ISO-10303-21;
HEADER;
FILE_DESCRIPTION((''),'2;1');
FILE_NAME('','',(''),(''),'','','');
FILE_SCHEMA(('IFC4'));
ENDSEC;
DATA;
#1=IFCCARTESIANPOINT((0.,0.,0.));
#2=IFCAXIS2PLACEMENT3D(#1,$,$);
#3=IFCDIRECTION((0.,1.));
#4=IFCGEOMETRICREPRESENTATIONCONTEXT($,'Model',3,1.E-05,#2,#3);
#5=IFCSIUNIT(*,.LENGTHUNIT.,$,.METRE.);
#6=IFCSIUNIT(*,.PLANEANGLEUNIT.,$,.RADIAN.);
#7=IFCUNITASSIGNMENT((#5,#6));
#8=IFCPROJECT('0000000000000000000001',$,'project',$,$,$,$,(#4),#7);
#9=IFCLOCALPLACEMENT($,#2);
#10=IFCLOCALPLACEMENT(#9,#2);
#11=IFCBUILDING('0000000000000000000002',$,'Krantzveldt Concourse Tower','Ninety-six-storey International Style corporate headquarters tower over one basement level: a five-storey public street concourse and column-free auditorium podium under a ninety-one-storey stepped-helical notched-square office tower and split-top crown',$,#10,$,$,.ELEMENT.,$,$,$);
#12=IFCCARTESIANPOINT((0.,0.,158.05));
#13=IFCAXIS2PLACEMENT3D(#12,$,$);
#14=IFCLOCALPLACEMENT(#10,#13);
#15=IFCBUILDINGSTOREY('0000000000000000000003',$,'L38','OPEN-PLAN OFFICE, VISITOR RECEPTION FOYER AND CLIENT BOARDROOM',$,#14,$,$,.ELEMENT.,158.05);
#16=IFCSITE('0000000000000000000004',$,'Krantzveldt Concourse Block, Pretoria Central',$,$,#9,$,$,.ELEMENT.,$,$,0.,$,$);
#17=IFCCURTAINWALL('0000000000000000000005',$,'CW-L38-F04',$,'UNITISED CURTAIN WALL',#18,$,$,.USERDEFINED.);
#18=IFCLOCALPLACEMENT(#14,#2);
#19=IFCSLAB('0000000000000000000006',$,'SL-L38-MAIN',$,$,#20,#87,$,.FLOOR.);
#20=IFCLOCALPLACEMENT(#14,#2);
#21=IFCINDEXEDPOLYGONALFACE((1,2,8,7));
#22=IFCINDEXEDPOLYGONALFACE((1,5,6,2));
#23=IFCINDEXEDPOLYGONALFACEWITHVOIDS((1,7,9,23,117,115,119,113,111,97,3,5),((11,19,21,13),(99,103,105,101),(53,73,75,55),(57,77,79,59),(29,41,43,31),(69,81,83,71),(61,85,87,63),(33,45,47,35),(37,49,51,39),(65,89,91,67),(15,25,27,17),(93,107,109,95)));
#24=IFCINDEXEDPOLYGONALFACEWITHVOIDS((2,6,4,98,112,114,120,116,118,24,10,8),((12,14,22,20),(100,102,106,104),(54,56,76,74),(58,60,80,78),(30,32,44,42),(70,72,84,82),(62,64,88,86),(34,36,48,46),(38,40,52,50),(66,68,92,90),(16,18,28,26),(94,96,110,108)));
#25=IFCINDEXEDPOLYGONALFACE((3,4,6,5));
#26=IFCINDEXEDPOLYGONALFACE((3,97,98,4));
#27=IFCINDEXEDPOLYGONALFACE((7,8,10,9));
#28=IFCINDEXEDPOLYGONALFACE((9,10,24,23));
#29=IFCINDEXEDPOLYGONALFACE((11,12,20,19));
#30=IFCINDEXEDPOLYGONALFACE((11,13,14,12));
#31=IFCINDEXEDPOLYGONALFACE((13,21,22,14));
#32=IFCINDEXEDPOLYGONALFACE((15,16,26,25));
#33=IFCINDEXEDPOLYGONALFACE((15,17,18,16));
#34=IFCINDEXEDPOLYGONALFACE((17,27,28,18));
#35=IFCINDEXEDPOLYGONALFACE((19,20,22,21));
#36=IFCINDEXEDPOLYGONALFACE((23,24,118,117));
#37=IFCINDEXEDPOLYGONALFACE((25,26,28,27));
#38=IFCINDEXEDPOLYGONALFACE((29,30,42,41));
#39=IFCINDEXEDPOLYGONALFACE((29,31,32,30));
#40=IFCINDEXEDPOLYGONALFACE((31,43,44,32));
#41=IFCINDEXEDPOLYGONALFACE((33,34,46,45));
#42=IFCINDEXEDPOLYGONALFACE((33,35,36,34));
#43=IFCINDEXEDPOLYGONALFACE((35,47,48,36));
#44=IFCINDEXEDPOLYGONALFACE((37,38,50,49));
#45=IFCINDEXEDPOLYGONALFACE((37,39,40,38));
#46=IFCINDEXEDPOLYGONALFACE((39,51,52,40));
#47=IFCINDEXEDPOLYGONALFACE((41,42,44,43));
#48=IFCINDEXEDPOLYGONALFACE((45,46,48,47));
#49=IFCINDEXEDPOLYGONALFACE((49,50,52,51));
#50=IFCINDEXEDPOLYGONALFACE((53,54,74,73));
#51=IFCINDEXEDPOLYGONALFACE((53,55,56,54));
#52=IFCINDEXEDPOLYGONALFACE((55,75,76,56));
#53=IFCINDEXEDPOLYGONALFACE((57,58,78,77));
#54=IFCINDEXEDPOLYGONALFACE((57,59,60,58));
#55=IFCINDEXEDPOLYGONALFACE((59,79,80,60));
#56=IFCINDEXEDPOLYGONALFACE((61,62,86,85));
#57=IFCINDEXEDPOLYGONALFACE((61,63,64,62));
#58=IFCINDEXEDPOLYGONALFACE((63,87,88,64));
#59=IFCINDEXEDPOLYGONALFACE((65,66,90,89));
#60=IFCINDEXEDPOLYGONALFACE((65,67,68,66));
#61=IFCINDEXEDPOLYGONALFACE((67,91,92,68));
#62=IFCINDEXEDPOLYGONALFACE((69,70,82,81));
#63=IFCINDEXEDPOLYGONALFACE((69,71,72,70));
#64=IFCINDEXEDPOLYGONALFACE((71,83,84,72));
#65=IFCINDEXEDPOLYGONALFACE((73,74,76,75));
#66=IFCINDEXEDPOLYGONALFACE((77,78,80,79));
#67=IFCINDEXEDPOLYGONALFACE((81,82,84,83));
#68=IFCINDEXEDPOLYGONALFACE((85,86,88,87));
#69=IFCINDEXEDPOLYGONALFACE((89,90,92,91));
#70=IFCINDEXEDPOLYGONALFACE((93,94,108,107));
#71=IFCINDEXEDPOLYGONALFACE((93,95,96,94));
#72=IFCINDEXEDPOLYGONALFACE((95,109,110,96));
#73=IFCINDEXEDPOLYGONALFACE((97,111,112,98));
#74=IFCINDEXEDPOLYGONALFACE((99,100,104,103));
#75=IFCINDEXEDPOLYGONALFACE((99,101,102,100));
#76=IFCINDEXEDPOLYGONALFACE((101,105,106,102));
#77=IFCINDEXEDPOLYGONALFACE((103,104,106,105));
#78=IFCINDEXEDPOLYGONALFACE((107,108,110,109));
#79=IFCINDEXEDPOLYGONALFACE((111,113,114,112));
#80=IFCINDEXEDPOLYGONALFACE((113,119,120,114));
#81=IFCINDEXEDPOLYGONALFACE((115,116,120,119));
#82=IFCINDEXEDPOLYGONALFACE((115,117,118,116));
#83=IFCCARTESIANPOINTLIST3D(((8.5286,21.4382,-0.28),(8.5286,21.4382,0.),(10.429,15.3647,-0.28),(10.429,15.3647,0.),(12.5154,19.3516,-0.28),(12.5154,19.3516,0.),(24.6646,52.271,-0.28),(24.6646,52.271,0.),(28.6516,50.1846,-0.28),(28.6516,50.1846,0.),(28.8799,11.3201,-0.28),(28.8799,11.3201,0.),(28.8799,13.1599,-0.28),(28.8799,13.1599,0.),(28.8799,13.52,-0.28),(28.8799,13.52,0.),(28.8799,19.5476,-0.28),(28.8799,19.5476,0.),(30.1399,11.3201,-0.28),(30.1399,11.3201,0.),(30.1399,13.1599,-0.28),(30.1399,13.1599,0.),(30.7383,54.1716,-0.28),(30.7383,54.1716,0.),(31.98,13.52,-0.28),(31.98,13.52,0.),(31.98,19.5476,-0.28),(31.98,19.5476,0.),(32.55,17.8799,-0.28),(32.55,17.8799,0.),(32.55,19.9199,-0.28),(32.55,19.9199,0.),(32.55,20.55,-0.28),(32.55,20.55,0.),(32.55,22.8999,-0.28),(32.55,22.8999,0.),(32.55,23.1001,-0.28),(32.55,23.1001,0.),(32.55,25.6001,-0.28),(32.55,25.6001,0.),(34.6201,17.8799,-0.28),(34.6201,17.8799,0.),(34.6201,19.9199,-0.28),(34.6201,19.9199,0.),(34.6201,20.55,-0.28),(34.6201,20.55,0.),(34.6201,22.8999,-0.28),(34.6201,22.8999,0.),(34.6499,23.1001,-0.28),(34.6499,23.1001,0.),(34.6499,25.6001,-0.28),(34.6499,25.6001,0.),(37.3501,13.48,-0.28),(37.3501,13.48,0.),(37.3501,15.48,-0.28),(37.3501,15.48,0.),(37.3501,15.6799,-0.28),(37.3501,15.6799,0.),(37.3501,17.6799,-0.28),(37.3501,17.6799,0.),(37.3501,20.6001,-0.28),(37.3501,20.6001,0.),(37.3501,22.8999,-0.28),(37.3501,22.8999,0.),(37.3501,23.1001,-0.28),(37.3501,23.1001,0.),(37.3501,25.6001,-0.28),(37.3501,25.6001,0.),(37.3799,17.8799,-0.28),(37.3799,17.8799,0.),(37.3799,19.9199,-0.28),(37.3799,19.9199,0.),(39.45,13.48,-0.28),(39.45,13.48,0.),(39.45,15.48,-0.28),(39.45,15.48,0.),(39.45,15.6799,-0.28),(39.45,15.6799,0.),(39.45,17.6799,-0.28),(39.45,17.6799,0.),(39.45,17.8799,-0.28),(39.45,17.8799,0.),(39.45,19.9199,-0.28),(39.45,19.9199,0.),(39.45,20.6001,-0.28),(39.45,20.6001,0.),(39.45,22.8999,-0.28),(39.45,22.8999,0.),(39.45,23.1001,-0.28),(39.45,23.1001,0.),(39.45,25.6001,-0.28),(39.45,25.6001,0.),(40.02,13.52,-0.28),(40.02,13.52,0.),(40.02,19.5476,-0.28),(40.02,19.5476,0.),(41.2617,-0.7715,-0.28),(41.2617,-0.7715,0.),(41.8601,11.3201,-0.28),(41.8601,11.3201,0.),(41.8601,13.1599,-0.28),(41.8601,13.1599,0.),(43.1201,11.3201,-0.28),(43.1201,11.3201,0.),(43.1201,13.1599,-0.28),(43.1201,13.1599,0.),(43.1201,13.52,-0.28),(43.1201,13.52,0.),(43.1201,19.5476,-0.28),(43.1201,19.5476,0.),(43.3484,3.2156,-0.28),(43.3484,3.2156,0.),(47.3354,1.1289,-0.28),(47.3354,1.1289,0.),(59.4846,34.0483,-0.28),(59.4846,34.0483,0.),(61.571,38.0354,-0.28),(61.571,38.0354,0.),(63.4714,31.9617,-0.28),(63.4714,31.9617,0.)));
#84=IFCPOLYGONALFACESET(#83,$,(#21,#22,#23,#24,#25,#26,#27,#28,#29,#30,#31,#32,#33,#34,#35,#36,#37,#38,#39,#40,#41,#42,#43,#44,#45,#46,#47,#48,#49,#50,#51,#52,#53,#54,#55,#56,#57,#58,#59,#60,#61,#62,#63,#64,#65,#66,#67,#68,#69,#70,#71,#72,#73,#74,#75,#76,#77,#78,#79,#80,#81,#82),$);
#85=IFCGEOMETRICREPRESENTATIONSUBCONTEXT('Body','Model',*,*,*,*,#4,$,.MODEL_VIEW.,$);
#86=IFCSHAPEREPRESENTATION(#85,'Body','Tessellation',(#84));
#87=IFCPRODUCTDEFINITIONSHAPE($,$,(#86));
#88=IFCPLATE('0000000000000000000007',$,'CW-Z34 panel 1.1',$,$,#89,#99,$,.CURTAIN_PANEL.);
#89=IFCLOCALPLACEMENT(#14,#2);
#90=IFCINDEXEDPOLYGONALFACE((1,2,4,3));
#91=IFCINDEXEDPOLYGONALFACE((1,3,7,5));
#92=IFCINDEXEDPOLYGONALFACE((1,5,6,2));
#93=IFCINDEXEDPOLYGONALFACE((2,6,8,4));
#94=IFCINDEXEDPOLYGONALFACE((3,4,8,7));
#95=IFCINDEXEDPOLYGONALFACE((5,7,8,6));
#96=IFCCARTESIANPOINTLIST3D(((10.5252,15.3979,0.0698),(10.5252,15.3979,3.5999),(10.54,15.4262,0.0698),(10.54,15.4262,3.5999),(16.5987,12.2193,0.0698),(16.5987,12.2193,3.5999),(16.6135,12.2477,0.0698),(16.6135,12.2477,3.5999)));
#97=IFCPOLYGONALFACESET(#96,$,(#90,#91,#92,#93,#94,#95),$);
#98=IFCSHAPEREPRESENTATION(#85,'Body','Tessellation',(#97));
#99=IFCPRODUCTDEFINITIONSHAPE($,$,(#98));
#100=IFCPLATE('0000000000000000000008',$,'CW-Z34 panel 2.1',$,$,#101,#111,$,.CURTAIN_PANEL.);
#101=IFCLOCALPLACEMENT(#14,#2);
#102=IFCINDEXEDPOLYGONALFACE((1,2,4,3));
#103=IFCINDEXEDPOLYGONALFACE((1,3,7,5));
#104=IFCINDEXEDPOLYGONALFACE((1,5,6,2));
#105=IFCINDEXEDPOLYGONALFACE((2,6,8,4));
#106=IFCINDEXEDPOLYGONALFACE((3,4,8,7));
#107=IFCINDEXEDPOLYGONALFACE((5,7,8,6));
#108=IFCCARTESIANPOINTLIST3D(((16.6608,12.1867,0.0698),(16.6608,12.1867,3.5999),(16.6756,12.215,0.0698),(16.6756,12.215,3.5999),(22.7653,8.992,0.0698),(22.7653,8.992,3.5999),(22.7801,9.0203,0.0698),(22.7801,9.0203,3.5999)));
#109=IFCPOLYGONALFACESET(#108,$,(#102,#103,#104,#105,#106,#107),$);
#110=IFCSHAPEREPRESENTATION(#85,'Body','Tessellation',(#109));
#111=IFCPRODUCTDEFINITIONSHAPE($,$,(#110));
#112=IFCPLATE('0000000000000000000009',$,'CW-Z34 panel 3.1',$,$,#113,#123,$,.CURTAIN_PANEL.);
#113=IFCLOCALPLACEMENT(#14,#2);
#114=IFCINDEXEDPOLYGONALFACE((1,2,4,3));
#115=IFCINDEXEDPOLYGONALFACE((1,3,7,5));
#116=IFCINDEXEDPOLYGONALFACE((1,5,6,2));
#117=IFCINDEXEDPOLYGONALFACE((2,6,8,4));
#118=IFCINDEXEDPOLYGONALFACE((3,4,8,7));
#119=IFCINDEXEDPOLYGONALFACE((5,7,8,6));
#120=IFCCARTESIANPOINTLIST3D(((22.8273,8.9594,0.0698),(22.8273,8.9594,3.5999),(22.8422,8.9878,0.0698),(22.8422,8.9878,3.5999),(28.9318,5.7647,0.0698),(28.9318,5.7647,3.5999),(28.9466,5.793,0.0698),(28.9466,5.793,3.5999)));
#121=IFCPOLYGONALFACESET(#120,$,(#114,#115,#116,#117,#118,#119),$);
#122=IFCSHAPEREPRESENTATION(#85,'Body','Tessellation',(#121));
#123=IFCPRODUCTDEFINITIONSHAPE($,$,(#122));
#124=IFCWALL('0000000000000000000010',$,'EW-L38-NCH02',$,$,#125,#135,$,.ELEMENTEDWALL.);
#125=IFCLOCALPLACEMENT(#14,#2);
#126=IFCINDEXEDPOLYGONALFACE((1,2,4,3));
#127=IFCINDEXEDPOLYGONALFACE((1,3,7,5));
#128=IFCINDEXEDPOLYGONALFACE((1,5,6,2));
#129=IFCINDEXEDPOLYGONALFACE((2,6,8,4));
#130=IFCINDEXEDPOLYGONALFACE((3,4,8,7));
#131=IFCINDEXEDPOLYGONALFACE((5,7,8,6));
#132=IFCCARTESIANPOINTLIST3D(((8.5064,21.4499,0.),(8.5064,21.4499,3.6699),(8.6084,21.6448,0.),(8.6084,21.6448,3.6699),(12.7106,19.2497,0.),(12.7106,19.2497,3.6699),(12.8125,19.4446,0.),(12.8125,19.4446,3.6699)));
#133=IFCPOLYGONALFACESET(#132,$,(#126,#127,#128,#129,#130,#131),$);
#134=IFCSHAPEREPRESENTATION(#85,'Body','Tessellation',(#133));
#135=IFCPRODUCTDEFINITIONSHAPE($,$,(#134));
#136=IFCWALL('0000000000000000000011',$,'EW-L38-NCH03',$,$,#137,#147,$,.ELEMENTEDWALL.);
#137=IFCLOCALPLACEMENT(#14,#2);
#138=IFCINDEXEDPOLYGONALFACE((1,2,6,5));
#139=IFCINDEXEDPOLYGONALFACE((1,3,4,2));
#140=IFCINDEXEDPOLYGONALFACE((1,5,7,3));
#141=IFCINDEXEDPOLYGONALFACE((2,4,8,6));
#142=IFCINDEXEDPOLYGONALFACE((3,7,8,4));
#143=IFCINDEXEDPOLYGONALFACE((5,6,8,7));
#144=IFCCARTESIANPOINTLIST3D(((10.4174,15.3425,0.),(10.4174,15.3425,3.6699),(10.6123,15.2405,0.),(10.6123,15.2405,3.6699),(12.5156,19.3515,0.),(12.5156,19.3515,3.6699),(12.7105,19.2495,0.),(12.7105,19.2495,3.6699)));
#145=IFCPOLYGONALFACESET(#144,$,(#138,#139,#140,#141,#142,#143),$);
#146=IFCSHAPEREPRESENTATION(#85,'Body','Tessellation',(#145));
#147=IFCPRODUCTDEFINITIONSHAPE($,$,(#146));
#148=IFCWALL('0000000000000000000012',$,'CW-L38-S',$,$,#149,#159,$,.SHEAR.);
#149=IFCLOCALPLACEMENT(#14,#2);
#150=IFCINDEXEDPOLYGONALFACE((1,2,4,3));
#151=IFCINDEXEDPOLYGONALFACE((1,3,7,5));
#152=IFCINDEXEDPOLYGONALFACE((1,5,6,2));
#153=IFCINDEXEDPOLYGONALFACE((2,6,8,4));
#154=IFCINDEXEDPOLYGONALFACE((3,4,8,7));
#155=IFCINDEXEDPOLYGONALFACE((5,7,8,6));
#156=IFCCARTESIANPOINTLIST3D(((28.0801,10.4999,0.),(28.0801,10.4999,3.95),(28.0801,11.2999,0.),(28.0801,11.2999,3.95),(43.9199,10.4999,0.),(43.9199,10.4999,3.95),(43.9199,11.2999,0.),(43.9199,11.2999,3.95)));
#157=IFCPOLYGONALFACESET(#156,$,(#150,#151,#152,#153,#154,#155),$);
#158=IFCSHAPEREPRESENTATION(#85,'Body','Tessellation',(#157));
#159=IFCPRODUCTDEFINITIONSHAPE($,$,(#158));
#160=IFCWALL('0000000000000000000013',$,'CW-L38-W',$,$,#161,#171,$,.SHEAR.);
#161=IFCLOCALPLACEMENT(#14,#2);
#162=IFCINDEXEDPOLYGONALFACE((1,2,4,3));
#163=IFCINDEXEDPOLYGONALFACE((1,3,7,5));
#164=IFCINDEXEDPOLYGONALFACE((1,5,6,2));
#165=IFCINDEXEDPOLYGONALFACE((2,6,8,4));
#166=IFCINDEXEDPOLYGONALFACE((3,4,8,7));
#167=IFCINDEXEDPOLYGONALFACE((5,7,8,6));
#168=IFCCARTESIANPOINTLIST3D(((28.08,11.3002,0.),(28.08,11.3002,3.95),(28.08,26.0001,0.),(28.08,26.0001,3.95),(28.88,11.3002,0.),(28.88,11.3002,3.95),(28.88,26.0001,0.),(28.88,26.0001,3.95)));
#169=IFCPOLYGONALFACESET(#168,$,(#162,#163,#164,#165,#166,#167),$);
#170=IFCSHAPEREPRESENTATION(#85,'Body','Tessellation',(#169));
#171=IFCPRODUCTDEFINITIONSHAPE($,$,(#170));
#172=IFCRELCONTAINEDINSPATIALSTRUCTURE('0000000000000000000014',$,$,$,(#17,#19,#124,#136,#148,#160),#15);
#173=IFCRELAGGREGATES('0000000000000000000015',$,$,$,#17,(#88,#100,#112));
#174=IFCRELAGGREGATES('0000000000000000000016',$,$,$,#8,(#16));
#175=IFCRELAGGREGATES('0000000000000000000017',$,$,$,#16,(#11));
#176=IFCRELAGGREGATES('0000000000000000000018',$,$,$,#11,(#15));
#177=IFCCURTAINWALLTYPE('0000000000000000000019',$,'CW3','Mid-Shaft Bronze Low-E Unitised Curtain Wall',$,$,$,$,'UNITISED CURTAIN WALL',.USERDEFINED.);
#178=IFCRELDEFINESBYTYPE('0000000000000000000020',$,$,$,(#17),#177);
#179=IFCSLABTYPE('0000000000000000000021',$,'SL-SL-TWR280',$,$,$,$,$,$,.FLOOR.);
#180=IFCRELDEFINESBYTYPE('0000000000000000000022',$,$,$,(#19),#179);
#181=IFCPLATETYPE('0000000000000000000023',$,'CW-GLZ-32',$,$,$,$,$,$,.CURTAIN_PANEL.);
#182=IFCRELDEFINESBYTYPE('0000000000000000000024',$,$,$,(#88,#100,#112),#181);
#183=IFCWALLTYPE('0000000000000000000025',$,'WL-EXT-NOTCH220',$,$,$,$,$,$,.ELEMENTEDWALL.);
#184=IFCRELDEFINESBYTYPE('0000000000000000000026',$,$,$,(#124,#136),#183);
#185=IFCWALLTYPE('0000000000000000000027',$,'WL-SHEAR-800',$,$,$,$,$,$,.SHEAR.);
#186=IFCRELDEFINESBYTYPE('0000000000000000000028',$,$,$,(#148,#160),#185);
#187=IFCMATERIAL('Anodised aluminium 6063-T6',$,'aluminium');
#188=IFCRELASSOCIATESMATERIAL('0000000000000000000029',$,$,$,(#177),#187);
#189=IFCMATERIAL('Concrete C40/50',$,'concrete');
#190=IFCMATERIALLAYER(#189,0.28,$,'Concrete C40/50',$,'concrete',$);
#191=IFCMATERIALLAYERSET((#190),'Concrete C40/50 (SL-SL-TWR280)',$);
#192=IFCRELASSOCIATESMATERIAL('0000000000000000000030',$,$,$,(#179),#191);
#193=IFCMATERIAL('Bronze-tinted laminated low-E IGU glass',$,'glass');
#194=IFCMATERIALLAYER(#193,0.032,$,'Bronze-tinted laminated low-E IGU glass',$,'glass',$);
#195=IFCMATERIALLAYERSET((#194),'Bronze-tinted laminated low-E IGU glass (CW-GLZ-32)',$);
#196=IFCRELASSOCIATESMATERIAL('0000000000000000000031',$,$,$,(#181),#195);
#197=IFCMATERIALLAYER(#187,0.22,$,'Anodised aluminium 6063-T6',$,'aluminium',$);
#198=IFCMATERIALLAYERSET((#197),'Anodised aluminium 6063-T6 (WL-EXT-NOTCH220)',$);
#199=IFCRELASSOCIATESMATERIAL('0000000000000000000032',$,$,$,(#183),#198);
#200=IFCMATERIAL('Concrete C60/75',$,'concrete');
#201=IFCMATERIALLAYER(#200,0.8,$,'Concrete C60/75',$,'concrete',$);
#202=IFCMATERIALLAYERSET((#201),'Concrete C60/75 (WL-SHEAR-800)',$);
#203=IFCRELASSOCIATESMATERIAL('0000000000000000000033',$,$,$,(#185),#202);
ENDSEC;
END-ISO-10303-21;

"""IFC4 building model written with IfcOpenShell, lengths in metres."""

from ifc_helpers import new_model, si_unit, direction, frame, frame_2d, origin, origin_2d, place, context, subcontext, project, spatial, polyline, rectangle, outline, extrude, source, transform, mapped, material, layer, layer_set, type_object, type_shapes, element, aggregate, save


model = new_model("IFC4")

# Units and contexts
model_context = context("Model", 3, precision=1e-05, world=origin(), true_north=direction((0.0, 1.0)))
body_context = subcontext(model_context, "Body", "Model", "MODEL_VIEW")
ifc_project = project(units=[si_unit("LENGTHUNIT", "METRE"), si_unit("PLANEANGLEUNIT", "RADIAN")], contexts=[model_context])

# Site, building, storey
site_placement = place(None, origin())
site = spatial("IfcSite", under=ifc_project, at=site_placement, Name="Krantzveldt Concourse Block, Pretoria Central", CompositionType="ELEMENT", RefElevation=0.0)
building_placement = place(site_placement, origin())
building = spatial("IfcBuilding", under=site, at=building_placement, Name="Krantzveldt Concourse Tower", Description="Ninety-six-storey International Style corporate headquarters tower over one basement level: a five-storey public street concourse and column-free auditorium podium under a ninety-one-storey stepped-helical notched-square office tower and split-top crown", CompositionType="ELEMENT")
storey_placement = place(building_placement, frame((0.0, 0.0, 158.05)))
storey = spatial("IfcBuildingStorey", under=building, at=storey_placement, Name="L38", Description="OPEN-PLAN OFFICE, VISITOR RECEPTION FOYER AND CLIENT BOARDROOM", CompositionType="ELEMENT", Elevation=158.05)

# Shared definitions
ifc_material_1 = material(Name="Anodised aluminium 6063-T6", Category="aluminium")
curtain_wall_type = type_object("IfcCurtainWallType", Name="CW3", Description="Mid-Shaft Bronze Low-E Unitised Curtain Wall", ElementType="UNITISED CURTAIN WALL", PredefinedType="USERDEFINED", material=ifc_material_1)

# Curtain wall
curtain_wall_1_placement = place(storey_placement, origin())
curtain_wall_1 = element("IfcCurtainWall", 1, at=curtain_wall_1_placement, inside=storey, type_object=curtain_wall_type, Name="CW-L38-F04", ObjectType="UNITISED CURTAIN WALL", PredefinedType="USERDEFINED")

# Slab
ifc_material_2 = material(Name="Concrete C40/50", Category="concrete")
ifc_layer_1 = layer(ifc_material_2, 0.28, Name="Concrete C40/50", Category="concrete")
ifc_layer_set_1 = layer_set([ifc_layer_1], Name="Concrete C40/50 (SL-SL-TWR280)")
slab_type_1 = type_object("IfcSlabType", Name="SL-SL-TWR280", PredefinedType="FLOOR", material=ifc_layer_set_1)
slab_1_placement = place(storey_placement, frame((0.0, 0.0, -0.28)))
element("IfcSlab", 2, at=slab_1_placement, inside=storey, type_object=slab_type_1, Name="SL-L38-MAIN", PredefinedType="FLOOR", context=body_context, shape_type="SweptSolid", body=[
    extrude(outline(polyline([(28.6516, 50.1846), (24.6646, 52.271), (8.5286, 21.4382), (12.5154, 19.3516), (10.429, 15.3647), (41.2617, -0.7715), (43.3484, 3.2156), (47.3354, 1.1289), (63.4714, 31.9617), (59.4846, 34.0483), (61.571, 38.0354), (30.7383, 54.1716), (28.6516, 50.1846)]), holes=[polyline([(28.8799, 19.5476), (28.8799, 13.52), (31.98, 13.52), (31.98, 19.5476), (28.8799, 19.5476)]), polyline([(40.02, 19.5476), (40.02, 13.52), (43.1201, 13.52), (43.1201, 19.5476), (40.02, 19.5476)]), polyline([(32.55, 23.1001), (34.6499, 23.1001), (34.6499, 25.6001), (32.55, 25.6001), (32.55, 23.1001)]), polyline([(37.3501, 23.1001), (39.45, 23.1001), (39.45, 25.6001), (37.3501, 25.6001), (37.3501, 23.1001)]), polyline([(37.3501, 20.6001), (39.45, 20.6001), (39.45, 22.8999), (37.3501, 22.8999), (37.3501, 20.6001)]), polyline([(37.3501, 13.48), (39.45, 13.48), (39.45, 15.48), (37.3501, 15.48), (37.3501, 13.48)]), polyline([(37.3501, 15.6799), (39.45, 15.6799), (39.45, 17.6799), (37.3501, 17.6799), (37.3501, 15.6799)]), polyline([(32.55, 20.55), (34.6201, 20.55), (34.6201, 22.8999), (32.55, 22.8999), (32.55, 20.55)]), polyline([(32.55, 17.8799), (34.6201, 17.8799), (34.6201, 19.9199), (32.55, 19.9199), (32.55, 17.8799)]), polyline([(37.3799, 17.8799), (39.45, 17.8799), (39.45, 19.9199), (37.3799, 19.9199), (37.3799, 17.8799)]), polyline([(28.8799, 11.3201), (30.1399, 11.3201), (30.1399, 13.1599), (28.8799, 13.1599), (28.8799, 11.3201)]), polyline([(41.8601, 11.3201), (43.1201, 11.3201), (43.1201, 13.1599), (41.8601, 13.1599), (41.8601, 11.3201)])]), origin(), (0.0, 0.0, 1.0), 0.28),
])

# Plates
ifc_material_3 = material(Name="Bronze-tinted laminated low-E IGU glass", Category="glass")
ifc_layer_2 = layer(ifc_material_3, 0.032, Name="Bronze-tinted laminated low-E IGU glass", Category="glass")
ifc_layer_set_2 = layer_set([ifc_layer_2], Name="Bronze-tinted laminated low-E IGU glass (CW-GLZ-32)")
plate_type = type_object("IfcPlateType", Name="CW-GLZ-32", PredefinedType="CURTAIN_PANEL", material=ifc_layer_set_2)
shared_shape_1 = source(origin(), body_context, "Body", "SweptSolid", [
    extrude(rectangle(XDim=6.855, YDim=0.032, at=origin_2d()), origin(), (0.0, 0.0, 1.0), 3.53),
])
plate_1_placement = place(storey_placement, frame((13.5693, 13.8228, 0.0698), z_axis=(0.0, 0.0, 1.0), x_axis=(0.886001, -0.463683, 0.0)))
plate_1 = element("IfcPlate", 3, at=plate_1_placement, type_object=plate_type, Name="CW-Z34 panel 1.1", PredefinedType="CURTAIN_PANEL", context=body_context, shape_type="MappedRepresentation", body=[
    mapped(shared_shape_1, transform((0.0, 0.0, 0.0), x_axis=(1.0, 0.0, 0.0), y_axis=(0.0, 1.0, 0.0), z_axis=(0.0, 0.0, 1.0), scale=1.0)),
])
shared_shape_2 = source(origin(), body_context, "Body", "SweptSolid", [
    extrude(rectangle(XDim=6.8899, YDim=0.032, at=origin_2d()), origin(), (0.0, 0.0, 1.0), 3.53),
])
type_shapes(plate_type, [shared_shape_1, shared_shape_2])
plate_2_placement = place(storey_placement, frame((19.7205, 10.6035, 0.0698), z_axis=(0.0, 0.0, 1.0), x_axis=(0.886001, -0.463683, 0.0)))
plate_2 = element("IfcPlate", 4, at=plate_2_placement, type_object=plate_type, Name="CW-Z34 panel 2.1", PredefinedType="CURTAIN_PANEL", context=body_context, shape_type="MappedRepresentation", body=[
    mapped(shared_shape_2, transform((0.0, 0.0, 0.0), x_axis=(1.0, 0.0, 0.0), y_axis=(0.0, 1.0, 0.0), z_axis=(0.0, 0.0, 1.0), scale=1.0)),
])
plate_3_placement = place(storey_placement, frame((25.887, 7.3762, 0.0698), z_axis=(0.0, 0.0, 1.0), x_axis=(0.886001, -0.463683, 0.0)))
plate_3 = element("IfcPlate", 5, at=plate_3_placement, type_object=plate_type, Name="CW-Z34 panel 3.1", PredefinedType="CURTAIN_PANEL", context=body_context, shape_type="MappedRepresentation", body=[
    mapped(shared_shape_2, transform((0.0, 0.0, 0.0), x_axis=(1.0, 0.0, 0.0), y_axis=(0.0, 1.0, 0.0), z_axis=(0.0, 0.0, 1.0), scale=1.0)),
])
aggregate(curtain_wall_1, [plate_1, plate_2, plate_3])

# Walls
ifc_layer_3 = layer(ifc_material_1, 0.22, Name="Anodised aluminium 6063-T6", Category="aluminium")
ifc_layer_set_3 = layer_set([ifc_layer_3], Name="Anodised aluminium 6063-T6 (WL-EXT-NOTCH220)")
wall_type_1 = type_object("IfcWallType", Name="WL-EXT-NOTCH220", PredefinedType="ELEMENTEDWALL", material=ifc_layer_set_3)
wall_1_placement = place(storey_placement, frame((8.5574, 21.5474, 0.0), z_axis=(0.0, 0.0, 1.0), x_axis=(0.886001, -0.463684, 0.0)))
element("IfcWall", 6, at=wall_1_placement, inside=storey, type_object=wall_type_1, Name="EW-L38-NCH02", PredefinedType="ELEMENTEDWALL", context=body_context, shape_type="SweptSolid", body=[
    extrude(rectangle(XDim=4.7451, YDim=0.22, at=frame_2d((2.3726, 0.0))), origin(), (0.0, 0.0, 1.0), 3.6699),
])
wall_2_placement = place(storey_placement, frame((12.613, 19.3005, 0.0), z_axis=(0.0, 0.0, 1.0), x_axis=(-0.46369, -0.885997, 0.0)))
element("IfcWall", 7, at=wall_2_placement, inside=storey, type_object=wall_type_1, Name="EW-L38-NCH03", PredefinedType="ELEMENTEDWALL", context=body_context, shape_type="SweptSolid", body=[
    extrude(rectangle(XDim=4.5249, YDim=0.22, at=frame_2d((2.2625, 0.0))), origin(), (0.0, 0.0, 1.0), 3.6699),
])
ifc_material_4 = material(Name="Concrete C60/75", Category="concrete")
ifc_layer_4 = layer(ifc_material_4, 0.8, Name="Concrete C60/75", Category="concrete")
ifc_layer_set_4 = layer_set([ifc_layer_4], Name="Concrete C60/75 (WL-SHEAR-800)")
wall_type_2 = type_object("IfcWallType", Name="WL-SHEAR-800", PredefinedType="SHEAR", material=ifc_layer_set_4)
wall_3_placement = place(storey_placement, frame((28.0801, 10.8999, 0.0), z_axis=(0.0, 0.0, 1.0), x_axis=(1.0, 0.0, 0.0)))
element("IfcWall", 8, at=wall_3_placement, inside=storey, type_object=wall_type_2, Name="CW-L38-S", PredefinedType="SHEAR", context=body_context, shape_type="SweptSolid", body=[
    extrude(rectangle(XDim=15.8398, YDim=0.8, at=frame_2d((7.9199, 0.0))), origin(), (0.0, 0.0, 1.0), 3.95),
])
wall_4_placement = place(storey_placement, frame((28.48, 11.3, 0.0), z_axis=(0.0, 0.0, 1.0), x_axis=(0.0, 1.0, 0.0)))
element("IfcWall", 9, at=wall_4_placement, inside=storey, type_object=wall_type_2, Name="CW-L38-W", PredefinedType="SHEAR", context=body_context, shape_type="SweptSolid", body=[
    extrude(rectangle(XDim=14.7, YDim=0.8, at=frame_2d((7.3501, 0.0))), origin(), (0.0, 0.0, 1.0), 3.95),
])

save(model, "model.ifc")
